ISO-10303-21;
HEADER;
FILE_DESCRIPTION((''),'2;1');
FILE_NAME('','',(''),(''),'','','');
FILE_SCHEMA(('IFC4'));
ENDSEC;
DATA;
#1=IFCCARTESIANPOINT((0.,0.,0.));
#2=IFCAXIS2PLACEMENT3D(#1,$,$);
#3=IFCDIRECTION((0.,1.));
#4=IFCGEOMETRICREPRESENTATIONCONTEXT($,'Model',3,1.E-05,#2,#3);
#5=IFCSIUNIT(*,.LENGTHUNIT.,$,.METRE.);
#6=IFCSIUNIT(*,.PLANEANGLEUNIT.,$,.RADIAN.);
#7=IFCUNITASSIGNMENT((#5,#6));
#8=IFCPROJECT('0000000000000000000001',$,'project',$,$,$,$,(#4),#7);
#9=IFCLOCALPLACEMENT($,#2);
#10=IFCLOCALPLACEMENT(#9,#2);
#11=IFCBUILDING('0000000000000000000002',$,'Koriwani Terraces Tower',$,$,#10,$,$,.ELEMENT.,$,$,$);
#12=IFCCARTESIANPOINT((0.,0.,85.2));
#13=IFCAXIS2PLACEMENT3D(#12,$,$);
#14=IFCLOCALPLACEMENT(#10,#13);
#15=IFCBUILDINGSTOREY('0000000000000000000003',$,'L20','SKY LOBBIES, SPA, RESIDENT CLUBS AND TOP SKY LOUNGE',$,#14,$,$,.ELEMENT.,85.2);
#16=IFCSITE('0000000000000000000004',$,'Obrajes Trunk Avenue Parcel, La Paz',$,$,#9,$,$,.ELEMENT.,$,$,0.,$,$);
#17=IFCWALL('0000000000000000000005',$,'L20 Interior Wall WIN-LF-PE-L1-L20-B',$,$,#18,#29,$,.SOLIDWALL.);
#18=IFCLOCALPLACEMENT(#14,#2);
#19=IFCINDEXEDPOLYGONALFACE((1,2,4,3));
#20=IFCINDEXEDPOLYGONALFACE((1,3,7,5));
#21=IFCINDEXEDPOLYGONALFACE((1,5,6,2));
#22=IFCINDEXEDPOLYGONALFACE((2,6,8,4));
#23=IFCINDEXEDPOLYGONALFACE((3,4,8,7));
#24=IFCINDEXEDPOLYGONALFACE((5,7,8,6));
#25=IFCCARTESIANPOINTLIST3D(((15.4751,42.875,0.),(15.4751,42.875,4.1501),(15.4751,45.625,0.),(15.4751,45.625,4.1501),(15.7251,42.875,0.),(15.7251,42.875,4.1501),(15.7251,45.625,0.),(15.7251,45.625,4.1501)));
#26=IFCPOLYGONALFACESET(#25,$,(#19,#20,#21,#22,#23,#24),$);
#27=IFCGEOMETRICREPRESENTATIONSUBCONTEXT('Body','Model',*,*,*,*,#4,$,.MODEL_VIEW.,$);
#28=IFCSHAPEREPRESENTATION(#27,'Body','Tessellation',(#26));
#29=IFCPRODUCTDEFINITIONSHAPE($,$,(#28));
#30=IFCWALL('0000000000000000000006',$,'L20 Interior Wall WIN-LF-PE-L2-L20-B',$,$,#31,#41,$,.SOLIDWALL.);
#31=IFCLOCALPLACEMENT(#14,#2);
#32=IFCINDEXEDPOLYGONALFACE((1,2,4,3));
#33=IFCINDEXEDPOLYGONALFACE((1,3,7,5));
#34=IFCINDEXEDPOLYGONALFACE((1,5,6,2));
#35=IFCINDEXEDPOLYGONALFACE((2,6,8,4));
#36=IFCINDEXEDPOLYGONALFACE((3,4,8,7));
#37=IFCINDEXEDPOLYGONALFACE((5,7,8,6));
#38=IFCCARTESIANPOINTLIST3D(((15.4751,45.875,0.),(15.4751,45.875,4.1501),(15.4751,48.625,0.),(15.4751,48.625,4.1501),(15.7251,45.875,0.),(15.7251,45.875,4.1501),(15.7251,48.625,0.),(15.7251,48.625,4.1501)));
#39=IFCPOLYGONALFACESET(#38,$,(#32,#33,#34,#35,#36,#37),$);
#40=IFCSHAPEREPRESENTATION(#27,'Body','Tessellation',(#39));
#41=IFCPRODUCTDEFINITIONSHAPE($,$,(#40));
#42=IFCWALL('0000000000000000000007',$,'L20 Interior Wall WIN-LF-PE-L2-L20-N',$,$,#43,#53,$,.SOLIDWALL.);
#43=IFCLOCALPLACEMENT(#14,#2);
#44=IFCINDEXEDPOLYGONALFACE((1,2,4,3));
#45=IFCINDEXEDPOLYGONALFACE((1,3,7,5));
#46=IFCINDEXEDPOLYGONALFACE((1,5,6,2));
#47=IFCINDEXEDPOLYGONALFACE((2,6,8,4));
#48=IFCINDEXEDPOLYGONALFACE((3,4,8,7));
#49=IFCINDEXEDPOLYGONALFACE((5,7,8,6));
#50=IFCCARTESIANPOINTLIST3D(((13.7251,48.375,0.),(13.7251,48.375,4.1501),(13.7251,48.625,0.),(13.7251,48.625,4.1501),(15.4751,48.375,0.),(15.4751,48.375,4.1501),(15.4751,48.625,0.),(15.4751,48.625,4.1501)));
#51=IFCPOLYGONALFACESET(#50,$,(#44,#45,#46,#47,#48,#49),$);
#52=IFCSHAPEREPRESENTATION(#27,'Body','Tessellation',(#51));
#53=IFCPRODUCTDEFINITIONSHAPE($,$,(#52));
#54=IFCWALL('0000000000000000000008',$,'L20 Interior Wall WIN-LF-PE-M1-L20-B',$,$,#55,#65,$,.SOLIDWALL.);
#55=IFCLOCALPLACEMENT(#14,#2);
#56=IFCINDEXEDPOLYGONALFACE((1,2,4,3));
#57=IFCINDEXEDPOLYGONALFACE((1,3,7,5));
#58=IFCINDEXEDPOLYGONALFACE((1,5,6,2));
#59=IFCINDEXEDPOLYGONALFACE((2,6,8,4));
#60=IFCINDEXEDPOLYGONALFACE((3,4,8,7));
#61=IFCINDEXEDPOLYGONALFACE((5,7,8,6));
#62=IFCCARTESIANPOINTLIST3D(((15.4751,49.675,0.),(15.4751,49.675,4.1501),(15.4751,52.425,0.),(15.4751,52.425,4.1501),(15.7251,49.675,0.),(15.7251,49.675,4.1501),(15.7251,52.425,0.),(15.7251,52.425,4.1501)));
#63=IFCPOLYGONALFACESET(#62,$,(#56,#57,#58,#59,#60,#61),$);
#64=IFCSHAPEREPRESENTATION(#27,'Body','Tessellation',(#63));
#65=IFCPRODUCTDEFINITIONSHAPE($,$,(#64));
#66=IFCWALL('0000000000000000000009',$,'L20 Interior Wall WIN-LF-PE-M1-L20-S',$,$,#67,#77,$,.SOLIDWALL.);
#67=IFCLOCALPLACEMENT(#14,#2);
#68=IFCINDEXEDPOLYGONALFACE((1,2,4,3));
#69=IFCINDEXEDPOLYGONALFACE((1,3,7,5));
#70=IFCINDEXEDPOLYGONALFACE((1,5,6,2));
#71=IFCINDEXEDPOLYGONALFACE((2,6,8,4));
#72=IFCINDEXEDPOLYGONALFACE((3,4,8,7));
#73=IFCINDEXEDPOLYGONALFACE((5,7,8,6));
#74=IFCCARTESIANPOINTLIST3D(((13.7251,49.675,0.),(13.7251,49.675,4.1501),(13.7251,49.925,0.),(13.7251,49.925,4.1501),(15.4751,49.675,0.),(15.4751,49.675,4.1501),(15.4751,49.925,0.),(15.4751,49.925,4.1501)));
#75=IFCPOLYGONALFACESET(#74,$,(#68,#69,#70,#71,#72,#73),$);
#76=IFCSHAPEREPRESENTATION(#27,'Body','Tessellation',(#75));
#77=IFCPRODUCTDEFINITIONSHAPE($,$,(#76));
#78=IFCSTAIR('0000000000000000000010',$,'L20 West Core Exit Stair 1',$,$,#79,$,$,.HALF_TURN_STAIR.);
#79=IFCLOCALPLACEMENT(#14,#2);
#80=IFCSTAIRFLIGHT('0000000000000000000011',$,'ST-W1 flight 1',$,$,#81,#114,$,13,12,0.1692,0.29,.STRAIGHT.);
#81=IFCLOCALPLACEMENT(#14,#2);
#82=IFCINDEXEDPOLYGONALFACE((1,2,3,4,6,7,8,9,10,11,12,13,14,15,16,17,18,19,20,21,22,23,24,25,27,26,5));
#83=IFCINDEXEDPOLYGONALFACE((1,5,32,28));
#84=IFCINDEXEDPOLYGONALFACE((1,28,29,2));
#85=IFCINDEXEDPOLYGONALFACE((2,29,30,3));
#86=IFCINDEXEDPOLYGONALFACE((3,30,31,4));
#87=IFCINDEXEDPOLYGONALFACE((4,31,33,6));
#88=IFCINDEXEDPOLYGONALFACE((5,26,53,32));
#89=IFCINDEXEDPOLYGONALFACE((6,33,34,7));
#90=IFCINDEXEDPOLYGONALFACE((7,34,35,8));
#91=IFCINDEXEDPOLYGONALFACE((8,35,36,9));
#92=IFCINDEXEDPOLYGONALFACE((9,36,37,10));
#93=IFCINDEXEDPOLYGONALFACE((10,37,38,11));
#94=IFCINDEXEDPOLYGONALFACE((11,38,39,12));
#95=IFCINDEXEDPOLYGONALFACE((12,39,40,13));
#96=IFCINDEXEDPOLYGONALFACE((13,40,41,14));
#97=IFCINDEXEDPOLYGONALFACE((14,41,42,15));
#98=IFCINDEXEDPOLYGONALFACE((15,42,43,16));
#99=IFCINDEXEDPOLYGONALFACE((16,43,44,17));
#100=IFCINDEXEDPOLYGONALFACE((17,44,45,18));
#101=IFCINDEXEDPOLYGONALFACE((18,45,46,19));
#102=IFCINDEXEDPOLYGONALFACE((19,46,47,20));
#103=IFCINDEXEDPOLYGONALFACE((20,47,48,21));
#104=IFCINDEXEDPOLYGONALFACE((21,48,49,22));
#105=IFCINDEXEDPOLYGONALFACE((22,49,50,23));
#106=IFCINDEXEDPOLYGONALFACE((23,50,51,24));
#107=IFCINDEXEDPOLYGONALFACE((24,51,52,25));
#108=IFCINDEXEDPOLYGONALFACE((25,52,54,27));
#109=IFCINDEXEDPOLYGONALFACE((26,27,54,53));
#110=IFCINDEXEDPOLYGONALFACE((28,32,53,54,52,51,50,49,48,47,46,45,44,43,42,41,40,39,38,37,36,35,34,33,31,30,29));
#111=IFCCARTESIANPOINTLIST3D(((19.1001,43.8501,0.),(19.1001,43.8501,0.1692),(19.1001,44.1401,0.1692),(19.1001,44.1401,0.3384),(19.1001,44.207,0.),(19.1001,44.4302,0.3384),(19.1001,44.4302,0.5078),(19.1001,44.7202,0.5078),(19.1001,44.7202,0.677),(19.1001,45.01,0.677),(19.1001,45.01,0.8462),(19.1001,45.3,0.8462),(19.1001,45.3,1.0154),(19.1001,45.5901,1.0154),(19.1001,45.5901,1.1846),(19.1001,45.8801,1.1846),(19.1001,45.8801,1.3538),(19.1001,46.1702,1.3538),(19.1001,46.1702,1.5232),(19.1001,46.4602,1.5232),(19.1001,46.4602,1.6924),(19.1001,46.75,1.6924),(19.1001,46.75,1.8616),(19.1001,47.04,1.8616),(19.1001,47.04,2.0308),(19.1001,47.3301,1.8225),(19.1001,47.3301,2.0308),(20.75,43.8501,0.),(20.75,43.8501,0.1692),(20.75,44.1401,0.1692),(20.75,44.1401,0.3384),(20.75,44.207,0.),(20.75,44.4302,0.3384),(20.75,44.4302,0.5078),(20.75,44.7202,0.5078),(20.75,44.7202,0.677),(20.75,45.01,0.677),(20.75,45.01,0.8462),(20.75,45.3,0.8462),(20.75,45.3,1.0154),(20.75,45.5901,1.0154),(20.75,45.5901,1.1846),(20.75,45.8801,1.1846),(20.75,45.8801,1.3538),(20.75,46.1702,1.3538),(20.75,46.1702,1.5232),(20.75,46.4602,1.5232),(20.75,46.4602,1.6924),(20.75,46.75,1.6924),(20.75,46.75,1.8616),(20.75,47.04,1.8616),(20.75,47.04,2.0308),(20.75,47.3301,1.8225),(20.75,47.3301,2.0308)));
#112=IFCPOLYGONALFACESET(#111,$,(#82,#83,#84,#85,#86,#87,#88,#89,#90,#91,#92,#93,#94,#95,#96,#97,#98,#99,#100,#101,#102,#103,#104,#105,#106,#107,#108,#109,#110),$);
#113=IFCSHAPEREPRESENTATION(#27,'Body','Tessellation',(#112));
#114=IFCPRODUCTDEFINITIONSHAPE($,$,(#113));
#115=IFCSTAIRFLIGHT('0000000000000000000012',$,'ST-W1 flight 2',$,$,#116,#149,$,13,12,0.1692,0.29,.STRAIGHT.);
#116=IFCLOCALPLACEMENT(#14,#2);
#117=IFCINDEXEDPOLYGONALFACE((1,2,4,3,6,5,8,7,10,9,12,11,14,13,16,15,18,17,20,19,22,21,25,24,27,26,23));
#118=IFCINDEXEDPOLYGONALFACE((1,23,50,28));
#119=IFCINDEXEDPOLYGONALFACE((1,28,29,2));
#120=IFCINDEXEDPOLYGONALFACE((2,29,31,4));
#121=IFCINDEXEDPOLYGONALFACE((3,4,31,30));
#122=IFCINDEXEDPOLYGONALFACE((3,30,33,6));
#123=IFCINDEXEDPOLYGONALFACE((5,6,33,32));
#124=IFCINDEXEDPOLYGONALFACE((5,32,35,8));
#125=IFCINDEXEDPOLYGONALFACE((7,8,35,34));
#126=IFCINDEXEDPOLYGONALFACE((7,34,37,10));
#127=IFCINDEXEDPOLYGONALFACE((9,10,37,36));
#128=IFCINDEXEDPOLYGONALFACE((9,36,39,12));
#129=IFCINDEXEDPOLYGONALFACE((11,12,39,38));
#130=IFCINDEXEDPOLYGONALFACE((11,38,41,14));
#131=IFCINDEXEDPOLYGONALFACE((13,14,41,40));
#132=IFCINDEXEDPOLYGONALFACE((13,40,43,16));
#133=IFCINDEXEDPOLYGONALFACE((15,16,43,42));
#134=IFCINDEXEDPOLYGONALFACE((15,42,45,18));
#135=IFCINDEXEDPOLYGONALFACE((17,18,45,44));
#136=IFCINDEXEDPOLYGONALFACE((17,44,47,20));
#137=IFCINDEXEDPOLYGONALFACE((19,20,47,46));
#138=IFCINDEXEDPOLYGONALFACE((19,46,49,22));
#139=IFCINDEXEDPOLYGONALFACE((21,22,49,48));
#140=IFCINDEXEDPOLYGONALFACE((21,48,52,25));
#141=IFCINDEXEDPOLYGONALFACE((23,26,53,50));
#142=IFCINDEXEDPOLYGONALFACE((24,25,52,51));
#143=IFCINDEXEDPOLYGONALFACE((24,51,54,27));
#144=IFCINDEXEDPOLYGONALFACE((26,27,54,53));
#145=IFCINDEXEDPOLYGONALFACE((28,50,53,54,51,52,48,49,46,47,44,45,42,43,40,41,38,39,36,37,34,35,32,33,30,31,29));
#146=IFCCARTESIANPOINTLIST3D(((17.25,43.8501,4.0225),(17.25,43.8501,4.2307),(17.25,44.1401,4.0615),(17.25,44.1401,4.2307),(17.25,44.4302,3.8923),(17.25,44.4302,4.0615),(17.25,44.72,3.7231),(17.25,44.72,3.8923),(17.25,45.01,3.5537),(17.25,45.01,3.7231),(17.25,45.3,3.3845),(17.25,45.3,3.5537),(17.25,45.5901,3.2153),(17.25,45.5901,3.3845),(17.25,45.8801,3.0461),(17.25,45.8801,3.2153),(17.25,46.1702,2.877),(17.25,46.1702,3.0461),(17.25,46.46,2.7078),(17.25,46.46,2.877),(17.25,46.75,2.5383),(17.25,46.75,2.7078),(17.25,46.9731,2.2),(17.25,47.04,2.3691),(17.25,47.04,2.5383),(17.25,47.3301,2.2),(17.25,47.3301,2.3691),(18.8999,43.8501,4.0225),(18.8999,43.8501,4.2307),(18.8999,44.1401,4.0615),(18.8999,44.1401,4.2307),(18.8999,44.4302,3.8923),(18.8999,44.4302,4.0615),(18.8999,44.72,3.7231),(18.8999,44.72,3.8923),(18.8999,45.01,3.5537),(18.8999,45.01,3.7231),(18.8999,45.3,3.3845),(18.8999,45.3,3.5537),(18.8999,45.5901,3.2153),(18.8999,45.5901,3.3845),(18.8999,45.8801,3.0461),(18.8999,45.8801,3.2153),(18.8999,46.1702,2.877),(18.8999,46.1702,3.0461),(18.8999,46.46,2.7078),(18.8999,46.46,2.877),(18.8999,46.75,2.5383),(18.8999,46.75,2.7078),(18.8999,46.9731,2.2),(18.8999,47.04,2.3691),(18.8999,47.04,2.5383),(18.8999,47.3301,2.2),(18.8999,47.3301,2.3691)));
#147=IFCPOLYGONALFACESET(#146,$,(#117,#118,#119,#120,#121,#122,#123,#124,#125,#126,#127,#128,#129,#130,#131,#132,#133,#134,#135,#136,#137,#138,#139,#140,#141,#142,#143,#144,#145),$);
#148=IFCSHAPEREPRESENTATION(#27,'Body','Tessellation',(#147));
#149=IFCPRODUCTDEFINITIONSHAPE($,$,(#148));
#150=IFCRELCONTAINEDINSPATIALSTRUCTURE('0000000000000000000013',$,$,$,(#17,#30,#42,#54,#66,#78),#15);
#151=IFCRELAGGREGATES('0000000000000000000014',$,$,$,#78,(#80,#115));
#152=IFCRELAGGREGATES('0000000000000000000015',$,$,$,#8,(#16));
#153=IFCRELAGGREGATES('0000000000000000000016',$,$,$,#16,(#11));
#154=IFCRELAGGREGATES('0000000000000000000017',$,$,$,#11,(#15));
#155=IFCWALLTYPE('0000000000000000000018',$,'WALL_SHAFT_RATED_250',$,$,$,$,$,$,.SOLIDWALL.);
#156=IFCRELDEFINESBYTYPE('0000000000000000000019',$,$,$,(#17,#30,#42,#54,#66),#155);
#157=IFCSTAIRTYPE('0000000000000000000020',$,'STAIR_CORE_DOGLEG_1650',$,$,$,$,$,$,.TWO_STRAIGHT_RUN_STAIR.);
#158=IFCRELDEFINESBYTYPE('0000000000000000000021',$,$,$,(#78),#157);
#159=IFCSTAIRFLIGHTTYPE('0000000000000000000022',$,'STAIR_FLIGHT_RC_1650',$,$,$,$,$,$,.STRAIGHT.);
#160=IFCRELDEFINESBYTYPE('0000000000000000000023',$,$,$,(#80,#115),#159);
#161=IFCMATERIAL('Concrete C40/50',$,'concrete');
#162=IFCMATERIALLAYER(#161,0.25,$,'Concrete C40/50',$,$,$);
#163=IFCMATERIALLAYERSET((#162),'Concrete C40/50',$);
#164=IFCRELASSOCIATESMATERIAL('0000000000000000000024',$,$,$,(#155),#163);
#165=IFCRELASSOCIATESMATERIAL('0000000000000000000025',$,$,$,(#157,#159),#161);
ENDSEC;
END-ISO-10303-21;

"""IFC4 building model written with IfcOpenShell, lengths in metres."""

from ifc_helpers import new_model, si_unit, direction, frame, frame_2d, origin, place, context, subcontext, project, spatial, polyline, rectangle, outline, extrude, material, layer, layer_set, type_object, element, aggregate, save


model = new_model("IFC4")

# Units and contexts
model_context = context("Model", 3, precision=1e-05, world=origin(), true_north=direction((0.0, 1.0)))
body_context = subcontext(model_context, "Body", "Model", "MODEL_VIEW")
ifc_project = project(units=[si_unit("LENGTHUNIT", "METRE"), si_unit("PLANEANGLEUNIT", "RADIAN")], contexts=[model_context])

# Site, building, storey
site_placement = place(None, origin())
site = spatial("IfcSite", under=ifc_project, at=site_placement, Name="Obrajes Trunk Avenue Parcel, La Paz", CompositionType="ELEMENT", RefElevation=0.0)
building_placement = place(site_placement, origin())
building = spatial("IfcBuilding", under=site, at=building_placement, Name="Koriwani Terraces Tower", CompositionType="ELEMENT")
storey_placement = place(building_placement, frame((0.0, 0.0, 85.2)))
storey = spatial("IfcBuildingStorey", under=building, at=storey_placement, Name="L20", Description="SKY LOBBIES, SPA, RESIDENT CLUBS AND TOP SKY LOUNGE", CompositionType="ELEMENT", Elevation=85.2)

# Shared definitions
ifc_material_1 = material(Name="Concrete C40/50", Category="concrete")

# Shared definitions
ifc_layer_1 = layer(ifc_material_1, 0.25, Name="Concrete C40/50")
ifc_layer_set_1 = layer_set([ifc_layer_1], Name="Concrete C40/50")
wall_type_1 = type_object("IfcWallType", Name="WALL_SHAFT_RATED_250", PredefinedType="SOLIDWALL", material=ifc_layer_set_1)

# Walls
for number, where, z_axis, x_axis, name in (
    (1, (15.6001, 42.875, 0.0), (0.0, 0.0, 1.0), (0.0, 1.0, 0.0), "L20 Interior Wall WIN-LF-PE-L1-L20-B"),
    (2, (15.6001, 45.875, 0.0), (0.0, 0.0, 1.0), (0.0, 1.0, 0.0), "L20 Interior Wall WIN-LF-PE-L2-L20-B"),
):
    element("IfcWall", number, at=place(storey_placement, frame(where, z_axis=z_axis, x_axis=x_axis)), inside=storey, type_object=wall_type_1, Name=name, PredefinedType="SOLIDWALL", context=body_context, shape_type="SweptSolid", body=[
        extrude(rectangle(XDim=2.75, YDim=0.25, at=frame_2d((1.375, 0.0))), origin(), (0.0, 0.0, 1.0), 4.1501),
    ])
wall_1_placement = place(storey_placement, frame((13.7251, 48.5, 0.0), z_axis=(0.0, 0.0, 1.0), x_axis=(1.0, 0.0, 0.0)))
element("IfcWall", 3, at=wall_1_placement, inside=storey, type_object=wall_type_1, Name="L20 Interior Wall WIN-LF-PE-L2-L20-N", PredefinedType="SOLIDWALL", context=body_context, shape_type="SweptSolid", body=[
    extrude(rectangle(XDim=1.75, YDim=0.25, at=frame_2d((0.875, 0.0))), origin(), (0.0, 0.0, 1.0), 4.1501),
])
wall_2_placement = place(storey_placement, frame((15.6001, 49.675, 0.0), z_axis=(0.0, 0.0, 1.0), x_axis=(0.0, 1.0, 0.0)))
element("IfcWall", 4, at=wall_2_placement, inside=storey, type_object=wall_type_1, Name="L20 Interior Wall WIN-LF-PE-M1-L20-B", PredefinedType="SOLIDWALL", context=body_context, shape_type="SweptSolid", body=[
    extrude(rectangle(XDim=2.75, YDim=0.25, at=frame_2d((1.375, 0.0))), origin(), (0.0, 0.0, 1.0), 4.1501),
])
wall_3_placement = place(storey_placement, frame((13.7251, 49.8, 0.0), z_axis=(0.0, 0.0, 1.0), x_axis=(1.0, 0.0, 0.0)))
element("IfcWall", 5, at=wall_3_placement, inside=storey, type_object=wall_type_1, Name="L20 Interior Wall WIN-LF-PE-M1-L20-S", PredefinedType="SOLIDWALL", context=body_context, shape_type="SweptSolid", body=[
    extrude(rectangle(XDim=1.75, YDim=0.25, at=frame_2d((0.875, 0.0))), origin(), (0.0, 0.0, 1.0), 4.1501),
])

# Stair, stair flights
stair_type = type_object("IfcStairType", Name="STAIR_CORE_DOGLEG_1650", PredefinedType="TWO_STRAIGHT_RUN_STAIR", material=ifc_material_1)
stair_placement = place(storey_placement, origin())
stair = element("IfcStair", 6, at=stair_placement, inside=storey, type_object=stair_type, Name="L20 West Core Exit Stair 1", PredefinedType="HALF_TURN_STAIR")
stair_flight_type = type_object("IfcStairFlightType", Name="STAIR_FLIGHT_RC_1650", PredefinedType="STRAIGHT", material=ifc_material_1)
stair_flight_1_placement = place(storey_placement, frame((19.925, 43.8501, 0.0), z_axis=(0.0, 0.0, 1.0), x_axis=(0.0, 1.0, 0.0)))
stair_flight_1 = element("IfcStairFlight", 7, at=stair_flight_1_placement, type_object=stair_flight_type, Name="ST-W1 flight 1", NumberOfRisers=13, NumberOfTreads=12, PredefinedType="STRAIGHT", RiserHeight=0.1692, TreadLength=0.29, context=body_context, shape_type="SweptSolid", body=[
    extrude(outline(polyline([(0.0, 0.0), (0.0, 0.1692), (0.29, 0.1692), (0.29, 0.3384), (0.5801, 0.3384), (0.5801, 0.5078), (0.8701, 0.5078), (0.8701, 0.677), (1.1599, 0.677), (1.1599, 0.8462), (1.45, 0.8462), (1.45, 1.0154), (1.74, 1.0154), (1.74, 1.1846), (2.03, 1.1846), (2.03, 1.3538), (2.3201, 1.3538), (2.3201, 1.5232), (2.6101, 1.5232), (2.6101, 1.6924), (2.8999, 1.6924), (2.8999, 1.8616), (3.1899, 1.8616), (3.1899, 2.0308), (3.48, 2.0308), (3.48, 2.2), (3.48, 1.8225), (0.3569, 0.0), (0.0, 0.0)])), frame((0.0, 0.825, 0.0), z_axis=(0.0, -1.0, 0.0), x_axis=(1.0, 0.0, 0.0)), (0.0, 0.0, 1.0), 1.6499),
])
stair_flight_2_placement = place(storey_placement, frame((18.075, 47.3301, 2.2), z_axis=(0.0, 0.0, 1.0), x_axis=(0.0, -1.0, 0.0)))
stair_flight_2 = element("IfcStairFlight", 8, at=stair_flight_2_placement, type_object=stair_flight_type, Name="ST-W1 flight 2", NumberOfRisers=13, NumberOfTreads=12, PredefinedType="STRAIGHT", RiserHeight=0.1692, TreadLength=0.29, context=body_context, shape_type="SweptSolid", body=[
    extrude(outline(polyline([(0.0, 0.0), (0.0, 0.1692), (0.29, 0.1692), (0.29, 0.3384), (0.5801, 0.3384), (0.5801, 0.5078), (0.8701, 0.5078), (0.8701, 0.677), (1.1599, 0.677), (1.1599, 0.8462), (1.45, 0.8462), (1.45, 1.0154), (1.74, 1.0154), (1.74, 1.1846), (2.03, 1.1846), (2.03, 1.3538), (2.3201, 1.3538), (2.3201, 1.5232), (2.6101, 1.5232), (2.6101, 1.6924), (2.8999, 1.6924), (2.8999, 1.8616), (3.1899, 1.8616), (3.1899, 2.0308), (3.48, 2.0308), (3.48, 2.2), (3.48, 1.8225), (0.3569, 0.0), (0.0, 0.0)])), frame((0.0, 0.825, 0.0), z_axis=(0.0, -1.0, 0.0), x_axis=(1.0, 0.0, 0.0)), (0.0, 0.0, 1.0), 1.6499),
])
aggregate(stair, [stair_flight_1, stair_flight_2])

save(model, "model.ifc")
